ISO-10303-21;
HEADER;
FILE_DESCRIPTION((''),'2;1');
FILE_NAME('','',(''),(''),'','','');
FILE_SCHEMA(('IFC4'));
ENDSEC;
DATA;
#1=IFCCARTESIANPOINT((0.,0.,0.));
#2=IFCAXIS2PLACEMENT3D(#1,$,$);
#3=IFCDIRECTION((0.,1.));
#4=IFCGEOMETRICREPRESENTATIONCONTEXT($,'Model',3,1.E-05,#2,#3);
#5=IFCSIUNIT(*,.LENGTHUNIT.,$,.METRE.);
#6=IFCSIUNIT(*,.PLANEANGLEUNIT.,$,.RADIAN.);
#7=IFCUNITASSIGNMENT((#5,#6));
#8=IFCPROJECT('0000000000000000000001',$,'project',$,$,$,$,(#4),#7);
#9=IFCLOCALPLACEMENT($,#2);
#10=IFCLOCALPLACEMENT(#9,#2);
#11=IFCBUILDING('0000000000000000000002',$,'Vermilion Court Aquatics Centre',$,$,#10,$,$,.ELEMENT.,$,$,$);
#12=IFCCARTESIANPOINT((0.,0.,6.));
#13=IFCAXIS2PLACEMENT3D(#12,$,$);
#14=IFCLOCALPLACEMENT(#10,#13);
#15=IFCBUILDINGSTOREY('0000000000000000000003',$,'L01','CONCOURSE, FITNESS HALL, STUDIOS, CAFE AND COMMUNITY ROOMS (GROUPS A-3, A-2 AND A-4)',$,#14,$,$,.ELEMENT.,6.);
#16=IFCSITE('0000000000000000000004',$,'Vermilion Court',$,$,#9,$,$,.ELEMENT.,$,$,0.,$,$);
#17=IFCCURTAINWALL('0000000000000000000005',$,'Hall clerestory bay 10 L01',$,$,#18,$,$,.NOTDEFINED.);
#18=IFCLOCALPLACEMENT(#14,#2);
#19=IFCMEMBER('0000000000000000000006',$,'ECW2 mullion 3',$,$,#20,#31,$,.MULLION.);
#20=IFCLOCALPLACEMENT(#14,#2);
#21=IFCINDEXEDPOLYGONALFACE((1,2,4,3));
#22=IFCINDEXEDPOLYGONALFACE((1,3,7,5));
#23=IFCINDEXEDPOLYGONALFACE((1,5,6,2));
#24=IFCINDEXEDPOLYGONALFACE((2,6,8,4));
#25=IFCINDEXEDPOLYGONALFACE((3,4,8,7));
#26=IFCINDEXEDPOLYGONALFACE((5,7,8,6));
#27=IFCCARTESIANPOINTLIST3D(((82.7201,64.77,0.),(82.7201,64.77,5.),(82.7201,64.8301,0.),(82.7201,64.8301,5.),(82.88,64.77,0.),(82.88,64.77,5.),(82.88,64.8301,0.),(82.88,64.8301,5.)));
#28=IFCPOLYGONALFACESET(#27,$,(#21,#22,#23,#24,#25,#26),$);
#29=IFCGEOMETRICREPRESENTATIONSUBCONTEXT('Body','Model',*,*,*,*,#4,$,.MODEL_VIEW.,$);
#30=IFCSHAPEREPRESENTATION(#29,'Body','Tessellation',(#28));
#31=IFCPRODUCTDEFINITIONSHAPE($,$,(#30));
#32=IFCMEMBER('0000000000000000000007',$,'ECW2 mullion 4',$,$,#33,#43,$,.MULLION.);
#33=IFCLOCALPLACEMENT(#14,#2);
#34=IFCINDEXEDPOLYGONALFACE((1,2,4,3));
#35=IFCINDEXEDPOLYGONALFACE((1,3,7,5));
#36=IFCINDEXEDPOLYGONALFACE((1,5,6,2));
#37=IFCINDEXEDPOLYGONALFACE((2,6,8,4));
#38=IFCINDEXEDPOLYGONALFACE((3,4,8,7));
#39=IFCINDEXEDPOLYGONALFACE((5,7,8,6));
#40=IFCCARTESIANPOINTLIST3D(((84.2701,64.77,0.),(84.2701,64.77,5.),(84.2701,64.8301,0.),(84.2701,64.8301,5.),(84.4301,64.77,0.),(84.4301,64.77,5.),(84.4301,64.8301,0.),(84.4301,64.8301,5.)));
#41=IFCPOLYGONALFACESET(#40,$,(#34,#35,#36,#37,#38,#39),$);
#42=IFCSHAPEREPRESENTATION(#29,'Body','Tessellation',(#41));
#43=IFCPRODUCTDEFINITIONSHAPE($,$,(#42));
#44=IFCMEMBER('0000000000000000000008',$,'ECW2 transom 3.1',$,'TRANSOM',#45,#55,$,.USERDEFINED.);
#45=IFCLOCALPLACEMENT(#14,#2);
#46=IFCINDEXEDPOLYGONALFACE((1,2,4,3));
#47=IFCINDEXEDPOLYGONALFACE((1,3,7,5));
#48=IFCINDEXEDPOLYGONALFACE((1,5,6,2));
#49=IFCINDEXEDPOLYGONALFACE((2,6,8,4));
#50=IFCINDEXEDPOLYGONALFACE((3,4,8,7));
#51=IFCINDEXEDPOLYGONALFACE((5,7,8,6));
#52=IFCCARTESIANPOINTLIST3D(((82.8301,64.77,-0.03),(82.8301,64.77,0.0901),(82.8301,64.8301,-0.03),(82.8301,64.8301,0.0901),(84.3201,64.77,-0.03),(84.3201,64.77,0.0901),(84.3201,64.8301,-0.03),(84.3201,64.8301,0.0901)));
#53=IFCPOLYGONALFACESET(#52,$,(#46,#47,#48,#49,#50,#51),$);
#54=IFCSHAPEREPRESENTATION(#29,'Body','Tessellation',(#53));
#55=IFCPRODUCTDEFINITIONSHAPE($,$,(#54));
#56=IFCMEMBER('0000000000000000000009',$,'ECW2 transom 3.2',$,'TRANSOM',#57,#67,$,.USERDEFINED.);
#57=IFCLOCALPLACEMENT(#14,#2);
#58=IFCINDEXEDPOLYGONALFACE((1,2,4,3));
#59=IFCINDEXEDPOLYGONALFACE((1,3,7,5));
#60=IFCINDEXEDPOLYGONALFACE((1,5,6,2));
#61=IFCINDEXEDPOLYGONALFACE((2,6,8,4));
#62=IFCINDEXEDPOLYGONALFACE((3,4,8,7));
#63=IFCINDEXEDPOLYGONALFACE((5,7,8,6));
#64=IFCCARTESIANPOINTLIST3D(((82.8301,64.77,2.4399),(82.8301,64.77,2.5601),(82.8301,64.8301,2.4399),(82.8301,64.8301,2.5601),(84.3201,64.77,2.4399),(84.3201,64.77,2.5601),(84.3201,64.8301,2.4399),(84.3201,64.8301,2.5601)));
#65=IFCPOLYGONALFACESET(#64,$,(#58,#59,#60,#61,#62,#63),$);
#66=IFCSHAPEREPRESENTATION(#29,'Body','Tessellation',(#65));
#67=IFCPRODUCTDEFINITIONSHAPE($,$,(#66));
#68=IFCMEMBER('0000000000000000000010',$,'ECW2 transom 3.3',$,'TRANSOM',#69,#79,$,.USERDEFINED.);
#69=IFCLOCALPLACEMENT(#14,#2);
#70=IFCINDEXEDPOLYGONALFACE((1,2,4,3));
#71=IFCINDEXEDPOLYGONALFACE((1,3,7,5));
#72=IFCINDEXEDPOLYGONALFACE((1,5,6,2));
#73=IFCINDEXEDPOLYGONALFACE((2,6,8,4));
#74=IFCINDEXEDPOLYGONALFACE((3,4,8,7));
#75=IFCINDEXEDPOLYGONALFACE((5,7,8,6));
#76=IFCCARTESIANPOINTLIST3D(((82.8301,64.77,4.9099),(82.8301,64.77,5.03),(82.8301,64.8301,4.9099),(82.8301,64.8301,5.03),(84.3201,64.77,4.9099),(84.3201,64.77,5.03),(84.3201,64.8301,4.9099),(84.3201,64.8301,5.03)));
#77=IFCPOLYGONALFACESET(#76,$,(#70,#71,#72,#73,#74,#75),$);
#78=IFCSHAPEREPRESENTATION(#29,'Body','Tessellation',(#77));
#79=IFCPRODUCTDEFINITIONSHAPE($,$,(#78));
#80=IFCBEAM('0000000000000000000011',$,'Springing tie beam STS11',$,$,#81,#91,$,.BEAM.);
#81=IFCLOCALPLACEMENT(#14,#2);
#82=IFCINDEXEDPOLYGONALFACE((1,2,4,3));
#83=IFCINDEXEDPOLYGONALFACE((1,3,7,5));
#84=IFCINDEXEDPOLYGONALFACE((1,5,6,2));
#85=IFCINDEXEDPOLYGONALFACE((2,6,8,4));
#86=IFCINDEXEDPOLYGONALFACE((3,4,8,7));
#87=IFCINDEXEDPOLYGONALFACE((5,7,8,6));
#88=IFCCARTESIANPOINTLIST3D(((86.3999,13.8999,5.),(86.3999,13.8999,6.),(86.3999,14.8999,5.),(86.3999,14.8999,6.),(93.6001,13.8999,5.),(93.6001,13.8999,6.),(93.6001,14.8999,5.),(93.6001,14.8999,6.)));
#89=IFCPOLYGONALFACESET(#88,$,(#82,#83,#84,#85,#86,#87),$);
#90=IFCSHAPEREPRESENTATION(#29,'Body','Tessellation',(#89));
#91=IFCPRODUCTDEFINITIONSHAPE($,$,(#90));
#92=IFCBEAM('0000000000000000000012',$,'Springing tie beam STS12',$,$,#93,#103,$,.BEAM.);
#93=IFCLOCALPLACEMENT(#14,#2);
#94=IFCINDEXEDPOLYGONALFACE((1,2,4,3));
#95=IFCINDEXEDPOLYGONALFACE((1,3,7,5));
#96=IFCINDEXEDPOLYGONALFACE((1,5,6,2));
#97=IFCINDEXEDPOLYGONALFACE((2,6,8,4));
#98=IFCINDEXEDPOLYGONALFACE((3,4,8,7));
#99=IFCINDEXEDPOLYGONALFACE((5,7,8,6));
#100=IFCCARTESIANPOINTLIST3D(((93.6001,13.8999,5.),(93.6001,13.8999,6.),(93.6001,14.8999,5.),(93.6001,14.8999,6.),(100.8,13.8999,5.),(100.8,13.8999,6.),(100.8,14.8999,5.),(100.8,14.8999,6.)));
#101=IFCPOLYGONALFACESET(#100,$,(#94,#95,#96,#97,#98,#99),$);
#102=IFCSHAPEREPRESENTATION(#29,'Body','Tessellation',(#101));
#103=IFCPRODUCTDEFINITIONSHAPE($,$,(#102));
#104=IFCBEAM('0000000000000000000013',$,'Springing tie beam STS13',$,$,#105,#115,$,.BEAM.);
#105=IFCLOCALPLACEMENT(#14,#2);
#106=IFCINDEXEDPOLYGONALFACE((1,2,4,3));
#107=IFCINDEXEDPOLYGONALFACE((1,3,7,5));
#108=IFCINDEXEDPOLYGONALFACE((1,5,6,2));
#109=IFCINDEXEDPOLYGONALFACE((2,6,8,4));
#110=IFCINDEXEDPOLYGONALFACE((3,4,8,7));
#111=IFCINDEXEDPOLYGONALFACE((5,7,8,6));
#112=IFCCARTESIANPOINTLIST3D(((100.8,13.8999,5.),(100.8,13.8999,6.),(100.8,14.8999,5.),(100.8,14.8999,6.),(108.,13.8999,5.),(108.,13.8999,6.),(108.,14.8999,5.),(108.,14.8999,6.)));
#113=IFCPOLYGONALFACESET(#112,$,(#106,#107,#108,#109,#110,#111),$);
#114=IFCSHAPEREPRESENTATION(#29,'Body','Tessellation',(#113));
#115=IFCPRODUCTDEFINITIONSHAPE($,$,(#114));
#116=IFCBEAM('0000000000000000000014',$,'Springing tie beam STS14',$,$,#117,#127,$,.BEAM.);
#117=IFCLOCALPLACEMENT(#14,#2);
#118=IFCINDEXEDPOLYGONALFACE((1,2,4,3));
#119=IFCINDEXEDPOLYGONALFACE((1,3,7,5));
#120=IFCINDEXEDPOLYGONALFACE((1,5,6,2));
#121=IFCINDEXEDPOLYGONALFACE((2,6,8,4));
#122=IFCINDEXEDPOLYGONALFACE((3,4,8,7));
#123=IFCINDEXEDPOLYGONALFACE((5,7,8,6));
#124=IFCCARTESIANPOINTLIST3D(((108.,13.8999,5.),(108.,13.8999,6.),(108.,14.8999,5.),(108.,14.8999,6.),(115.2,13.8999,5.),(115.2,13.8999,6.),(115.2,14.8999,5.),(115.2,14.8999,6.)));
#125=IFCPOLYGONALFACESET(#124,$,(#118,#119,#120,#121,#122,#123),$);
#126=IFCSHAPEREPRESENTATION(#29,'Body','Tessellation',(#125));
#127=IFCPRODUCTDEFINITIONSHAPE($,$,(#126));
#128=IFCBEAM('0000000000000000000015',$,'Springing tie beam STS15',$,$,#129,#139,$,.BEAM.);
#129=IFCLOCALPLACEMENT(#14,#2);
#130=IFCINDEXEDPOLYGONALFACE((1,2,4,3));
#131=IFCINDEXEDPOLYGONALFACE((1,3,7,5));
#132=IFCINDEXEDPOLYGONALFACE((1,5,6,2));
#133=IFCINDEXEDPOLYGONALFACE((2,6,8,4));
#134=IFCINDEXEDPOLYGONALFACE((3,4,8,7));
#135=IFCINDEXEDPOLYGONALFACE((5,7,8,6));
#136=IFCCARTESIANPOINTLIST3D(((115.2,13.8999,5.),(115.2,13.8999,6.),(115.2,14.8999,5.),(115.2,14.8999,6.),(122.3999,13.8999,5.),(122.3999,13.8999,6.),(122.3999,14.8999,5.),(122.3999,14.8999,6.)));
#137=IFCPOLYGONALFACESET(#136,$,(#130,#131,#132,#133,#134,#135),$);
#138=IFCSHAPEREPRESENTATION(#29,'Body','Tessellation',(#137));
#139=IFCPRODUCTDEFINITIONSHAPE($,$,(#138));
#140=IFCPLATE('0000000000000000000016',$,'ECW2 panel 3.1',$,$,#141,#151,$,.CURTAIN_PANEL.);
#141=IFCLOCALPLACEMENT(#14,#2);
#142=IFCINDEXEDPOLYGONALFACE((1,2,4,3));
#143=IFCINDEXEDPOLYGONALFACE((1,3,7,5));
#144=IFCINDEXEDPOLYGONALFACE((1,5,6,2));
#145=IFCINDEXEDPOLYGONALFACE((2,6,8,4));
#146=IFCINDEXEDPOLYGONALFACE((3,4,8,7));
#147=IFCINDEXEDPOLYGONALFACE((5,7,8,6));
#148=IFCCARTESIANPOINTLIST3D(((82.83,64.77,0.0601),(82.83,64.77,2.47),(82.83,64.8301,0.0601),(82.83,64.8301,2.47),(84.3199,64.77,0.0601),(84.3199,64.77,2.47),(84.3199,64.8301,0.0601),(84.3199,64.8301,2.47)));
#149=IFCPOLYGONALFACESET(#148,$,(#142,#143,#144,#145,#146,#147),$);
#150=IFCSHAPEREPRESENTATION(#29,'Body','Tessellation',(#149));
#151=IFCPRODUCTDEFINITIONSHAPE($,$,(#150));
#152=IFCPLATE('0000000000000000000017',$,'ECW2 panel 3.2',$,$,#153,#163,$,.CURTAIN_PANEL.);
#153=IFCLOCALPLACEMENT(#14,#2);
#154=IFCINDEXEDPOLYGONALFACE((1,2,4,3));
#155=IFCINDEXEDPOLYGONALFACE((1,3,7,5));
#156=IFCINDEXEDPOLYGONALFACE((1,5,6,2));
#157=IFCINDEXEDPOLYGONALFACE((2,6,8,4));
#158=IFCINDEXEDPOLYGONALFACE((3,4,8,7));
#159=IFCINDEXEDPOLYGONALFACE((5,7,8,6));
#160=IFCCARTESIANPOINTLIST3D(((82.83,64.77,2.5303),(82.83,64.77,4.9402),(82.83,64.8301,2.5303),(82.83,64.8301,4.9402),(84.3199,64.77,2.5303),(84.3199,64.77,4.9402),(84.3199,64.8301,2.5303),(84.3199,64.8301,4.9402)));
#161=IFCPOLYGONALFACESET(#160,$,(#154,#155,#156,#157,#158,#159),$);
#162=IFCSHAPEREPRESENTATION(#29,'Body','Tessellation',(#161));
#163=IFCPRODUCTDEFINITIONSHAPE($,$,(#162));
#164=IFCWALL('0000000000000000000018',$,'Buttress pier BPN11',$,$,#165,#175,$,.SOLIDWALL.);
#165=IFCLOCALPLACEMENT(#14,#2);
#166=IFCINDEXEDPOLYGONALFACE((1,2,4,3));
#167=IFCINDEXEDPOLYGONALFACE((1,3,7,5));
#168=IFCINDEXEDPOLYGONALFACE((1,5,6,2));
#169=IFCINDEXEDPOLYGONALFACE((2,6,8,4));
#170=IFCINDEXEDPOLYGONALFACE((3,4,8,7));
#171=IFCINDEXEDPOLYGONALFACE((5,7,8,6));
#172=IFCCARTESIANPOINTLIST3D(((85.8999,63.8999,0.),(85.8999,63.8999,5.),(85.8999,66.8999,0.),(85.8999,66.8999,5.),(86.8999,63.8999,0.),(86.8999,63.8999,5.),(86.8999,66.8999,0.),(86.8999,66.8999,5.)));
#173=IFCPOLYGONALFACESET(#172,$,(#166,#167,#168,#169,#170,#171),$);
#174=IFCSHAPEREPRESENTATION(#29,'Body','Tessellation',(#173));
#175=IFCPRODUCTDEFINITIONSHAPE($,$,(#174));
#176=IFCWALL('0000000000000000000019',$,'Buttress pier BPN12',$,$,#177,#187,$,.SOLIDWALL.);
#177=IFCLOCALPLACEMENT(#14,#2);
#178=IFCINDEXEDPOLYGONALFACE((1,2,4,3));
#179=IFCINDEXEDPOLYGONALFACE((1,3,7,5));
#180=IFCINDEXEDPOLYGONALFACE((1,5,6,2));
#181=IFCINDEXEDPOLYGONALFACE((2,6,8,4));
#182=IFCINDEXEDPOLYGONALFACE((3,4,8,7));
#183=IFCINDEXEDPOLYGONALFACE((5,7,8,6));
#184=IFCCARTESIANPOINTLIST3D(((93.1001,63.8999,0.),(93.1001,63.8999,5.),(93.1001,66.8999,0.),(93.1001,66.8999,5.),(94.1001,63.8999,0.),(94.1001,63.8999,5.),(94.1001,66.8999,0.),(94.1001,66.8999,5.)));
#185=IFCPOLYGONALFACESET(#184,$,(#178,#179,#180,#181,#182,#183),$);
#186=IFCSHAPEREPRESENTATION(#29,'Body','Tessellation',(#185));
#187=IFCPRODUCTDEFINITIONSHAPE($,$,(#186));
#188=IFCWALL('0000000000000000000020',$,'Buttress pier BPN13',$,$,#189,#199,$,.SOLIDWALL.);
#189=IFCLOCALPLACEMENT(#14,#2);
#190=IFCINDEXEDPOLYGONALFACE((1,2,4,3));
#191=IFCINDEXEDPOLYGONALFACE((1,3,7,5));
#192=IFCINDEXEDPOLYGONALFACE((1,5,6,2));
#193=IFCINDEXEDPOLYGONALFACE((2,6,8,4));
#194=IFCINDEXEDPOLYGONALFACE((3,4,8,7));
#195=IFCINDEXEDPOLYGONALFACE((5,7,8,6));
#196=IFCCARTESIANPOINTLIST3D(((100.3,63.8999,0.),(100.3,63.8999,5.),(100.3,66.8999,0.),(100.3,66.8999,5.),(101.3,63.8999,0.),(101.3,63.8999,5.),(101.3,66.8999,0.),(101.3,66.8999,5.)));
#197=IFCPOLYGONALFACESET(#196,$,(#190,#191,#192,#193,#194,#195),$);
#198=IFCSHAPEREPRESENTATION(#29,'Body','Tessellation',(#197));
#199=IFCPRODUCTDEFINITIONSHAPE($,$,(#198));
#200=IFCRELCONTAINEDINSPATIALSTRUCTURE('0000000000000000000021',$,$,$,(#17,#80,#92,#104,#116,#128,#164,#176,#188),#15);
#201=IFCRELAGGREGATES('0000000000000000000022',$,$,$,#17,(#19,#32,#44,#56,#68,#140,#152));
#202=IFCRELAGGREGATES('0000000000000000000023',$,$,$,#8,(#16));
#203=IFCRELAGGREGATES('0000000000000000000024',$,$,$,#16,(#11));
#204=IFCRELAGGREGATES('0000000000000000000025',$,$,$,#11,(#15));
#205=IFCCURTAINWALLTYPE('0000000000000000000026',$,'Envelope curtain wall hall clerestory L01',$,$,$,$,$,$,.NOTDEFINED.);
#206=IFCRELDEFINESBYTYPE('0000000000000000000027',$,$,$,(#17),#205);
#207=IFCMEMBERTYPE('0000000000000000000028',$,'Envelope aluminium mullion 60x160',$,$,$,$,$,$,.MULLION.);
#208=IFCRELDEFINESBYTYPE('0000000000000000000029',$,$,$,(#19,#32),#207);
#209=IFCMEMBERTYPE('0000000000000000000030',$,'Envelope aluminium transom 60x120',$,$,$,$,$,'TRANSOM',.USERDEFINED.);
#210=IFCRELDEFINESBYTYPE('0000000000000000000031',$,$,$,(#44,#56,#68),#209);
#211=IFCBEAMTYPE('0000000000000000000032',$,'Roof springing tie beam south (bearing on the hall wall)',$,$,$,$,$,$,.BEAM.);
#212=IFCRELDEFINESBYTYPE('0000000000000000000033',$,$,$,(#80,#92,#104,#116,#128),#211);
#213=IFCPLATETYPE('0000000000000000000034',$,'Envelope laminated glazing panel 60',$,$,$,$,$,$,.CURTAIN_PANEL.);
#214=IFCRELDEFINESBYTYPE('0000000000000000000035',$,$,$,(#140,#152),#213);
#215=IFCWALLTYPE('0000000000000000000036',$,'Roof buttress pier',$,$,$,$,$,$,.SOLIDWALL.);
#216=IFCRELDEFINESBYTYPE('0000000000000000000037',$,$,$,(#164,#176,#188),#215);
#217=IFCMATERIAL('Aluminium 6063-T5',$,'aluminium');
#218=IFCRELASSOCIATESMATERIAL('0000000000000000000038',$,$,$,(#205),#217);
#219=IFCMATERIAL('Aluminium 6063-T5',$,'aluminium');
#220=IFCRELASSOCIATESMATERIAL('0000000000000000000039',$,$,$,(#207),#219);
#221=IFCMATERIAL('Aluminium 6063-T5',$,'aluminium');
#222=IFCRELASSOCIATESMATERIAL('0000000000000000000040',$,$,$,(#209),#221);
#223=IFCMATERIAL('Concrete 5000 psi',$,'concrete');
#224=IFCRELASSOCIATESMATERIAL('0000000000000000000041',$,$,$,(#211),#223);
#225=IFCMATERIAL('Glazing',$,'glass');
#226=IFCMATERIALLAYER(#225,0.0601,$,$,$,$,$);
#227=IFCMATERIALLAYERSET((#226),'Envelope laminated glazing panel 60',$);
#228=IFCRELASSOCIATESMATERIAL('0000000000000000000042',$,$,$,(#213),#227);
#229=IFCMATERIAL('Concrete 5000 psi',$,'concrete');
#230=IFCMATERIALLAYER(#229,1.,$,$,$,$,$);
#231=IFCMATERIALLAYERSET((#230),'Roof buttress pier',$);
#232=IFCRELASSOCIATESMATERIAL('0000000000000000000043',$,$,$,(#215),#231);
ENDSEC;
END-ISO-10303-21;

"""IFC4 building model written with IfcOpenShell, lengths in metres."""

from ifc_helpers import new_model, si_unit, direction, frame, frame_2d, origin, origin_2d, place, context, subcontext, project, spatial, rectangle, extrude, material, layer, layer_set, material_profile, profile_set, type_object, element, aggregate, save


model = new_model("IFC4")

# Units and contexts
model_context = context("Model", 3, precision=1e-05, world=origin(), true_north=direction((0.0, 1.0)))
body_context = subcontext(model_context, "Body", "Model", "MODEL_VIEW")
ifc_project = project(units=[si_unit("LENGTHUNIT", "METRE"), si_unit("PLANEANGLEUNIT", "RADIAN")], contexts=[model_context])

# Site, building, storey
site_placement = place(None, origin())
site = spatial("IfcSite", under=ifc_project, at=site_placement, Name="Vermilion Court", CompositionType="ELEMENT", RefElevation=0.0)
building_placement = place(site_placement, origin())
building = spatial("IfcBuilding", under=site, at=building_placement, Name="Vermilion Court Aquatics Centre", CompositionType="ELEMENT")
storey_placement = place(building_placement, frame((0.0, 0.0, 6.0)))
storey = spatial("IfcBuildingStorey", under=building, at=storey_placement, Name="L01", Description="CONCOURSE, FITNESS HALL, STUDIOS, CAFE AND COMMUNITY ROOMS (GROUPS A-3, A-2 AND A-4)", CompositionType="ELEMENT", Elevation=6.0)

# Curtain wall, members
ifc_material_1 = material(Name="Aluminium 6063-T5", Category="aluminium")
curtain_wall_type = type_object("IfcCurtainWallType", Name="Envelope curtain wall hall clerestory L01", PredefinedType="NOTDEFINED", material=ifc_material_1)
curtain_wall_placement = place(storey_placement, origin())
curtain_wall = element("IfcCurtainWall", 1, at=curtain_wall_placement, inside=storey, type_object=curtain_wall_type, Name="Hall clerestory bay 10 L01", PredefinedType="NOTDEFINED")
ifc_material_2 = material(Name="Aluminium 6063-T5", Category="aluminium")
ifc_material_profile_1 = material_profile(ifc_material_2, rectangle(XDim=0.0601, YDim=0.1599, at=origin_2d()), Name="AL 60x160")
ifc_profile_set_1 = profile_set([ifc_material_profile_1], Name="Aluminium 6063-T5")
member_type_1 = type_object("IfcMemberType", Name="Envelope aluminium mullion 60x160", PredefinedType="MULLION", material=ifc_profile_set_1)
member_1_placement = place(storey_placement, frame((82.8, 64.8, 0.0), z_axis=(0.0, 0.0, 1.0), x_axis=(0.0, 1.0, 0.0)))
member_1 = element("IfcMember", 2, at=member_1_placement, type_object=member_type_1, Name="ECW2 mullion 3", PredefinedType="MULLION", context=body_context, shape_type="SweptSolid", body=[
    extrude(rectangle(XDim=0.0601, YDim=0.1599, at=origin_2d()), origin(), (0.0, 0.0, 1.0), 5.0),
])
member_2_placement = place(storey_placement, frame((84.3501, 64.8, 0.0), z_axis=(0.0, 0.0, 1.0), x_axis=(0.0, 1.0, 0.0)))
member_2 = element("IfcMember", 3, at=member_2_placement, type_object=member_type_1, Name="ECW2 mullion 4", PredefinedType="MULLION", context=body_context, shape_type="SweptSolid", body=[
    extrude(rectangle(XDim=0.0601, YDim=0.1599, at=origin_2d()), origin(), (0.0, 0.0, 1.0), 5.0),
])
ifc_material_3 = material(Name="Aluminium 6063-T5", Category="aluminium")
ifc_material_profile_2 = material_profile(ifc_material_3, rectangle(XDim=0.0601, YDim=0.1201, at=origin_2d()), Name="AL 60x120")
ifc_profile_set_2 = profile_set([ifc_material_profile_2], Name="Aluminium 6063-T5")
member_type_2 = type_object("IfcMemberType", Name="Envelope aluminium transom 60x120", ElementType="TRANSOM", PredefinedType="USERDEFINED", material=ifc_profile_set_2)
member_3_placement = place(storey_placement, frame((82.8301, 64.8, 0.03), z_axis=(1.0, 0.0, 0.0), x_axis=(0.0, 1.0, 0.0)))
member_3 = element("IfcMember", 4, at=member_3_placement, type_object=member_type_2, Name="ECW2 transom 3.1", ObjectType="TRANSOM", PredefinedType="USERDEFINED", context=body_context, shape_type="SweptSolid", body=[
    extrude(rectangle(XDim=0.0601, YDim=0.1201, at=origin_2d()), origin(), (0.0, 0.0, 1.0), 1.49),
])
member_4_placement = place(storey_placement, frame((82.8301, 64.8, 2.5), z_axis=(1.0, 0.0, 0.0), x_axis=(0.0, 1.0, 0.0)))
member_4 = element("IfcMember", 5, at=member_4_placement, type_object=member_type_2, Name="ECW2 transom 3.2", ObjectType="TRANSOM", PredefinedType="USERDEFINED", context=body_context, shape_type="SweptSolid", body=[
    extrude(rectangle(XDim=0.0601, YDim=0.1201, at=origin_2d()), origin(), (0.0, 0.0, 1.0), 1.49),
])
member_5_placement = place(storey_placement, frame((82.8301, 64.8, 4.97), z_axis=(1.0, 0.0, 0.0), x_axis=(0.0, 1.0, 0.0)))
member_5 = element("IfcMember", 6, at=member_5_placement, type_object=member_type_2, Name="ECW2 transom 3.3", ObjectType="TRANSOM", PredefinedType="USERDEFINED", context=body_context, shape_type="SweptSolid", body=[
    extrude(rectangle(XDim=0.0601, YDim=0.1201, at=origin_2d()), origin(), (0.0, 0.0, 1.0), 1.49),
])

# Beams
ifc_material_4 = material(Name="Concrete 5000 psi", Category="concrete")
ifc_material_profile_3 = material_profile(ifc_material_4, rectangle(XDim=1.0, YDim=1.0, at=origin_2d()), Name="RC 1000x1000")
ifc_profile_set_3 = profile_set([ifc_material_profile_3], Name="Concrete 5000 psi")
beam_type = type_object("IfcBeamType", Name="Roof springing tie beam south (bearing on the hall wall)", PredefinedType="BEAM", material=ifc_profile_set_3)
beam_placement = place(storey_placement, frame((86.3999, 14.3999, 5.5), z_axis=(1.0, 0.0, 0.0), x_axis=(0.0, 1.0, 0.0)))
element("IfcBeam", 7, at=beam_placement, inside=storey, type_object=beam_type, Name="Springing tie beam STS11", PredefinedType="BEAM", context=body_context, shape_type="SweptSolid", body=[
    extrude(rectangle(XDim=1.0, YDim=1.0, at=origin_2d()), origin(), (0.0, 0.0, 1.0), 7.2002),
])
for number, where, z_axis, x_axis, name in (
    (8, (93.6001, 14.3999, 5.5), (1.0, 0.0, 0.0), (0.0, 1.0, 0.0), "Springing tie beam STS12"),
    (9, (100.8, 14.3999, 5.5), (1.0, 0.0, 0.0), (0.0, 1.0, 0.0), "Springing tie beam STS13"),
    (10, (108.0, 14.3999, 5.5), (1.0, 0.0, 0.0), (0.0, 1.0, 0.0), "Springing tie beam STS14"),
    (11, (115.2, 14.3999, 5.5), (1.0, 0.0, 0.0), (0.0, 1.0, 0.0), "Springing tie beam STS15"),
):
    element("IfcBeam", number, at=place(storey_placement, frame(where, z_axis=z_axis, x_axis=x_axis)), inside=storey, type_object=beam_type, Name=name, PredefinedType="BEAM", context=body_context, shape_type="SweptSolid", body=[
        extrude(rectangle(XDim=1.0, YDim=1.0, at=origin_2d()), origin(), (0.0, 0.0, 1.0), 7.2),
    ])

# Plates
ifc_material_5 = material(Name="Glazing", Category="glass")
ifc_layer_1 = layer(ifc_material_5, 0.0601)
ifc_layer_set_1 = layer_set([ifc_layer_1], Name="Envelope laminated glazing panel 60")
plate_type = type_object("IfcPlateType", Name="Envelope laminated glazing panel 60", PredefinedType="CURTAIN_PANEL", material=ifc_layer_set_1)
plate_1_placement = place(storey_placement, frame((83.575, 64.8, 0.0601), z_axis=(0.0, 0.0, 1.0), x_axis=(1.0, 0.0, 0.0)))
plate_1 = element("IfcPlate", 12, at=plate_1_placement, type_object=plate_type, Name="ECW2 panel 3.1", PredefinedType="CURTAIN_PANEL", context=body_context, shape_type="SweptSolid", body=[
    extrude(rectangle(XDim=1.49, YDim=0.0601, at=origin_2d()), origin(), (0.0, 0.0, 1.0), 2.4099),
])
plate_2_placement = place(storey_placement, frame((83.575, 64.8, 2.5303), z_axis=(0.0, 0.0, 1.0), x_axis=(1.0, 0.0, 0.0)))
plate_2 = element("IfcPlate", 13, at=plate_2_placement, type_object=plate_type, Name="ECW2 panel 3.2", PredefinedType="CURTAIN_PANEL", context=body_context, shape_type="SweptSolid", body=[
    extrude(rectangle(XDim=1.49, YDim=0.0601, at=origin_2d()), origin(), (0.0, 0.0, 1.0), 2.4099),
])
aggregate(curtain_wall, [member_1, member_2, member_3, member_4, member_5, plate_1, plate_2])

# Walls
ifc_material_6 = material(Name="Concrete 5000 psi", Category="concrete")
ifc_layer_2 = layer(ifc_material_6, 1.0)
ifc_layer_set_2 = layer_set([ifc_layer_2], Name="Roof buttress pier")
wall_type_1 = type_object("IfcWallType", Name="Roof buttress pier", PredefinedType="SOLIDWALL", material=ifc_layer_set_2)
for number, where, z_axis, x_axis, name in (
    (14, (86.3999, 63.8999, 0.0), (0.0, 0.0, 1.0), (0.0, 1.0, 0.0), "Buttress pier BPN11"),
    (15, (93.6001, 63.8999, 0.0), (0.0, 0.0, 1.0), (0.0, 1.0, 0.0), "Buttress pier BPN12"),
    (16, (100.8, 63.8999, 0.0), (0.0, 0.0, 1.0), (0.0, 1.0, 0.0), "Buttress pier BPN13"),
):
    element("IfcWall", number, at=place(storey_placement, frame(where, z_axis=z_axis, x_axis=x_axis)), inside=storey, type_object=wall_type_1, Name=name, PredefinedType="SOLIDWALL", context=body_context, shape_type="SweptSolid", body=[
        extrude(rectangle(XDim=3.0, YDim=1.0, at=frame_2d((1.5, 0.0))), origin(), (0.0, 0.0, 1.0), 5.0),
    ])

save(model, "model.ifc")
